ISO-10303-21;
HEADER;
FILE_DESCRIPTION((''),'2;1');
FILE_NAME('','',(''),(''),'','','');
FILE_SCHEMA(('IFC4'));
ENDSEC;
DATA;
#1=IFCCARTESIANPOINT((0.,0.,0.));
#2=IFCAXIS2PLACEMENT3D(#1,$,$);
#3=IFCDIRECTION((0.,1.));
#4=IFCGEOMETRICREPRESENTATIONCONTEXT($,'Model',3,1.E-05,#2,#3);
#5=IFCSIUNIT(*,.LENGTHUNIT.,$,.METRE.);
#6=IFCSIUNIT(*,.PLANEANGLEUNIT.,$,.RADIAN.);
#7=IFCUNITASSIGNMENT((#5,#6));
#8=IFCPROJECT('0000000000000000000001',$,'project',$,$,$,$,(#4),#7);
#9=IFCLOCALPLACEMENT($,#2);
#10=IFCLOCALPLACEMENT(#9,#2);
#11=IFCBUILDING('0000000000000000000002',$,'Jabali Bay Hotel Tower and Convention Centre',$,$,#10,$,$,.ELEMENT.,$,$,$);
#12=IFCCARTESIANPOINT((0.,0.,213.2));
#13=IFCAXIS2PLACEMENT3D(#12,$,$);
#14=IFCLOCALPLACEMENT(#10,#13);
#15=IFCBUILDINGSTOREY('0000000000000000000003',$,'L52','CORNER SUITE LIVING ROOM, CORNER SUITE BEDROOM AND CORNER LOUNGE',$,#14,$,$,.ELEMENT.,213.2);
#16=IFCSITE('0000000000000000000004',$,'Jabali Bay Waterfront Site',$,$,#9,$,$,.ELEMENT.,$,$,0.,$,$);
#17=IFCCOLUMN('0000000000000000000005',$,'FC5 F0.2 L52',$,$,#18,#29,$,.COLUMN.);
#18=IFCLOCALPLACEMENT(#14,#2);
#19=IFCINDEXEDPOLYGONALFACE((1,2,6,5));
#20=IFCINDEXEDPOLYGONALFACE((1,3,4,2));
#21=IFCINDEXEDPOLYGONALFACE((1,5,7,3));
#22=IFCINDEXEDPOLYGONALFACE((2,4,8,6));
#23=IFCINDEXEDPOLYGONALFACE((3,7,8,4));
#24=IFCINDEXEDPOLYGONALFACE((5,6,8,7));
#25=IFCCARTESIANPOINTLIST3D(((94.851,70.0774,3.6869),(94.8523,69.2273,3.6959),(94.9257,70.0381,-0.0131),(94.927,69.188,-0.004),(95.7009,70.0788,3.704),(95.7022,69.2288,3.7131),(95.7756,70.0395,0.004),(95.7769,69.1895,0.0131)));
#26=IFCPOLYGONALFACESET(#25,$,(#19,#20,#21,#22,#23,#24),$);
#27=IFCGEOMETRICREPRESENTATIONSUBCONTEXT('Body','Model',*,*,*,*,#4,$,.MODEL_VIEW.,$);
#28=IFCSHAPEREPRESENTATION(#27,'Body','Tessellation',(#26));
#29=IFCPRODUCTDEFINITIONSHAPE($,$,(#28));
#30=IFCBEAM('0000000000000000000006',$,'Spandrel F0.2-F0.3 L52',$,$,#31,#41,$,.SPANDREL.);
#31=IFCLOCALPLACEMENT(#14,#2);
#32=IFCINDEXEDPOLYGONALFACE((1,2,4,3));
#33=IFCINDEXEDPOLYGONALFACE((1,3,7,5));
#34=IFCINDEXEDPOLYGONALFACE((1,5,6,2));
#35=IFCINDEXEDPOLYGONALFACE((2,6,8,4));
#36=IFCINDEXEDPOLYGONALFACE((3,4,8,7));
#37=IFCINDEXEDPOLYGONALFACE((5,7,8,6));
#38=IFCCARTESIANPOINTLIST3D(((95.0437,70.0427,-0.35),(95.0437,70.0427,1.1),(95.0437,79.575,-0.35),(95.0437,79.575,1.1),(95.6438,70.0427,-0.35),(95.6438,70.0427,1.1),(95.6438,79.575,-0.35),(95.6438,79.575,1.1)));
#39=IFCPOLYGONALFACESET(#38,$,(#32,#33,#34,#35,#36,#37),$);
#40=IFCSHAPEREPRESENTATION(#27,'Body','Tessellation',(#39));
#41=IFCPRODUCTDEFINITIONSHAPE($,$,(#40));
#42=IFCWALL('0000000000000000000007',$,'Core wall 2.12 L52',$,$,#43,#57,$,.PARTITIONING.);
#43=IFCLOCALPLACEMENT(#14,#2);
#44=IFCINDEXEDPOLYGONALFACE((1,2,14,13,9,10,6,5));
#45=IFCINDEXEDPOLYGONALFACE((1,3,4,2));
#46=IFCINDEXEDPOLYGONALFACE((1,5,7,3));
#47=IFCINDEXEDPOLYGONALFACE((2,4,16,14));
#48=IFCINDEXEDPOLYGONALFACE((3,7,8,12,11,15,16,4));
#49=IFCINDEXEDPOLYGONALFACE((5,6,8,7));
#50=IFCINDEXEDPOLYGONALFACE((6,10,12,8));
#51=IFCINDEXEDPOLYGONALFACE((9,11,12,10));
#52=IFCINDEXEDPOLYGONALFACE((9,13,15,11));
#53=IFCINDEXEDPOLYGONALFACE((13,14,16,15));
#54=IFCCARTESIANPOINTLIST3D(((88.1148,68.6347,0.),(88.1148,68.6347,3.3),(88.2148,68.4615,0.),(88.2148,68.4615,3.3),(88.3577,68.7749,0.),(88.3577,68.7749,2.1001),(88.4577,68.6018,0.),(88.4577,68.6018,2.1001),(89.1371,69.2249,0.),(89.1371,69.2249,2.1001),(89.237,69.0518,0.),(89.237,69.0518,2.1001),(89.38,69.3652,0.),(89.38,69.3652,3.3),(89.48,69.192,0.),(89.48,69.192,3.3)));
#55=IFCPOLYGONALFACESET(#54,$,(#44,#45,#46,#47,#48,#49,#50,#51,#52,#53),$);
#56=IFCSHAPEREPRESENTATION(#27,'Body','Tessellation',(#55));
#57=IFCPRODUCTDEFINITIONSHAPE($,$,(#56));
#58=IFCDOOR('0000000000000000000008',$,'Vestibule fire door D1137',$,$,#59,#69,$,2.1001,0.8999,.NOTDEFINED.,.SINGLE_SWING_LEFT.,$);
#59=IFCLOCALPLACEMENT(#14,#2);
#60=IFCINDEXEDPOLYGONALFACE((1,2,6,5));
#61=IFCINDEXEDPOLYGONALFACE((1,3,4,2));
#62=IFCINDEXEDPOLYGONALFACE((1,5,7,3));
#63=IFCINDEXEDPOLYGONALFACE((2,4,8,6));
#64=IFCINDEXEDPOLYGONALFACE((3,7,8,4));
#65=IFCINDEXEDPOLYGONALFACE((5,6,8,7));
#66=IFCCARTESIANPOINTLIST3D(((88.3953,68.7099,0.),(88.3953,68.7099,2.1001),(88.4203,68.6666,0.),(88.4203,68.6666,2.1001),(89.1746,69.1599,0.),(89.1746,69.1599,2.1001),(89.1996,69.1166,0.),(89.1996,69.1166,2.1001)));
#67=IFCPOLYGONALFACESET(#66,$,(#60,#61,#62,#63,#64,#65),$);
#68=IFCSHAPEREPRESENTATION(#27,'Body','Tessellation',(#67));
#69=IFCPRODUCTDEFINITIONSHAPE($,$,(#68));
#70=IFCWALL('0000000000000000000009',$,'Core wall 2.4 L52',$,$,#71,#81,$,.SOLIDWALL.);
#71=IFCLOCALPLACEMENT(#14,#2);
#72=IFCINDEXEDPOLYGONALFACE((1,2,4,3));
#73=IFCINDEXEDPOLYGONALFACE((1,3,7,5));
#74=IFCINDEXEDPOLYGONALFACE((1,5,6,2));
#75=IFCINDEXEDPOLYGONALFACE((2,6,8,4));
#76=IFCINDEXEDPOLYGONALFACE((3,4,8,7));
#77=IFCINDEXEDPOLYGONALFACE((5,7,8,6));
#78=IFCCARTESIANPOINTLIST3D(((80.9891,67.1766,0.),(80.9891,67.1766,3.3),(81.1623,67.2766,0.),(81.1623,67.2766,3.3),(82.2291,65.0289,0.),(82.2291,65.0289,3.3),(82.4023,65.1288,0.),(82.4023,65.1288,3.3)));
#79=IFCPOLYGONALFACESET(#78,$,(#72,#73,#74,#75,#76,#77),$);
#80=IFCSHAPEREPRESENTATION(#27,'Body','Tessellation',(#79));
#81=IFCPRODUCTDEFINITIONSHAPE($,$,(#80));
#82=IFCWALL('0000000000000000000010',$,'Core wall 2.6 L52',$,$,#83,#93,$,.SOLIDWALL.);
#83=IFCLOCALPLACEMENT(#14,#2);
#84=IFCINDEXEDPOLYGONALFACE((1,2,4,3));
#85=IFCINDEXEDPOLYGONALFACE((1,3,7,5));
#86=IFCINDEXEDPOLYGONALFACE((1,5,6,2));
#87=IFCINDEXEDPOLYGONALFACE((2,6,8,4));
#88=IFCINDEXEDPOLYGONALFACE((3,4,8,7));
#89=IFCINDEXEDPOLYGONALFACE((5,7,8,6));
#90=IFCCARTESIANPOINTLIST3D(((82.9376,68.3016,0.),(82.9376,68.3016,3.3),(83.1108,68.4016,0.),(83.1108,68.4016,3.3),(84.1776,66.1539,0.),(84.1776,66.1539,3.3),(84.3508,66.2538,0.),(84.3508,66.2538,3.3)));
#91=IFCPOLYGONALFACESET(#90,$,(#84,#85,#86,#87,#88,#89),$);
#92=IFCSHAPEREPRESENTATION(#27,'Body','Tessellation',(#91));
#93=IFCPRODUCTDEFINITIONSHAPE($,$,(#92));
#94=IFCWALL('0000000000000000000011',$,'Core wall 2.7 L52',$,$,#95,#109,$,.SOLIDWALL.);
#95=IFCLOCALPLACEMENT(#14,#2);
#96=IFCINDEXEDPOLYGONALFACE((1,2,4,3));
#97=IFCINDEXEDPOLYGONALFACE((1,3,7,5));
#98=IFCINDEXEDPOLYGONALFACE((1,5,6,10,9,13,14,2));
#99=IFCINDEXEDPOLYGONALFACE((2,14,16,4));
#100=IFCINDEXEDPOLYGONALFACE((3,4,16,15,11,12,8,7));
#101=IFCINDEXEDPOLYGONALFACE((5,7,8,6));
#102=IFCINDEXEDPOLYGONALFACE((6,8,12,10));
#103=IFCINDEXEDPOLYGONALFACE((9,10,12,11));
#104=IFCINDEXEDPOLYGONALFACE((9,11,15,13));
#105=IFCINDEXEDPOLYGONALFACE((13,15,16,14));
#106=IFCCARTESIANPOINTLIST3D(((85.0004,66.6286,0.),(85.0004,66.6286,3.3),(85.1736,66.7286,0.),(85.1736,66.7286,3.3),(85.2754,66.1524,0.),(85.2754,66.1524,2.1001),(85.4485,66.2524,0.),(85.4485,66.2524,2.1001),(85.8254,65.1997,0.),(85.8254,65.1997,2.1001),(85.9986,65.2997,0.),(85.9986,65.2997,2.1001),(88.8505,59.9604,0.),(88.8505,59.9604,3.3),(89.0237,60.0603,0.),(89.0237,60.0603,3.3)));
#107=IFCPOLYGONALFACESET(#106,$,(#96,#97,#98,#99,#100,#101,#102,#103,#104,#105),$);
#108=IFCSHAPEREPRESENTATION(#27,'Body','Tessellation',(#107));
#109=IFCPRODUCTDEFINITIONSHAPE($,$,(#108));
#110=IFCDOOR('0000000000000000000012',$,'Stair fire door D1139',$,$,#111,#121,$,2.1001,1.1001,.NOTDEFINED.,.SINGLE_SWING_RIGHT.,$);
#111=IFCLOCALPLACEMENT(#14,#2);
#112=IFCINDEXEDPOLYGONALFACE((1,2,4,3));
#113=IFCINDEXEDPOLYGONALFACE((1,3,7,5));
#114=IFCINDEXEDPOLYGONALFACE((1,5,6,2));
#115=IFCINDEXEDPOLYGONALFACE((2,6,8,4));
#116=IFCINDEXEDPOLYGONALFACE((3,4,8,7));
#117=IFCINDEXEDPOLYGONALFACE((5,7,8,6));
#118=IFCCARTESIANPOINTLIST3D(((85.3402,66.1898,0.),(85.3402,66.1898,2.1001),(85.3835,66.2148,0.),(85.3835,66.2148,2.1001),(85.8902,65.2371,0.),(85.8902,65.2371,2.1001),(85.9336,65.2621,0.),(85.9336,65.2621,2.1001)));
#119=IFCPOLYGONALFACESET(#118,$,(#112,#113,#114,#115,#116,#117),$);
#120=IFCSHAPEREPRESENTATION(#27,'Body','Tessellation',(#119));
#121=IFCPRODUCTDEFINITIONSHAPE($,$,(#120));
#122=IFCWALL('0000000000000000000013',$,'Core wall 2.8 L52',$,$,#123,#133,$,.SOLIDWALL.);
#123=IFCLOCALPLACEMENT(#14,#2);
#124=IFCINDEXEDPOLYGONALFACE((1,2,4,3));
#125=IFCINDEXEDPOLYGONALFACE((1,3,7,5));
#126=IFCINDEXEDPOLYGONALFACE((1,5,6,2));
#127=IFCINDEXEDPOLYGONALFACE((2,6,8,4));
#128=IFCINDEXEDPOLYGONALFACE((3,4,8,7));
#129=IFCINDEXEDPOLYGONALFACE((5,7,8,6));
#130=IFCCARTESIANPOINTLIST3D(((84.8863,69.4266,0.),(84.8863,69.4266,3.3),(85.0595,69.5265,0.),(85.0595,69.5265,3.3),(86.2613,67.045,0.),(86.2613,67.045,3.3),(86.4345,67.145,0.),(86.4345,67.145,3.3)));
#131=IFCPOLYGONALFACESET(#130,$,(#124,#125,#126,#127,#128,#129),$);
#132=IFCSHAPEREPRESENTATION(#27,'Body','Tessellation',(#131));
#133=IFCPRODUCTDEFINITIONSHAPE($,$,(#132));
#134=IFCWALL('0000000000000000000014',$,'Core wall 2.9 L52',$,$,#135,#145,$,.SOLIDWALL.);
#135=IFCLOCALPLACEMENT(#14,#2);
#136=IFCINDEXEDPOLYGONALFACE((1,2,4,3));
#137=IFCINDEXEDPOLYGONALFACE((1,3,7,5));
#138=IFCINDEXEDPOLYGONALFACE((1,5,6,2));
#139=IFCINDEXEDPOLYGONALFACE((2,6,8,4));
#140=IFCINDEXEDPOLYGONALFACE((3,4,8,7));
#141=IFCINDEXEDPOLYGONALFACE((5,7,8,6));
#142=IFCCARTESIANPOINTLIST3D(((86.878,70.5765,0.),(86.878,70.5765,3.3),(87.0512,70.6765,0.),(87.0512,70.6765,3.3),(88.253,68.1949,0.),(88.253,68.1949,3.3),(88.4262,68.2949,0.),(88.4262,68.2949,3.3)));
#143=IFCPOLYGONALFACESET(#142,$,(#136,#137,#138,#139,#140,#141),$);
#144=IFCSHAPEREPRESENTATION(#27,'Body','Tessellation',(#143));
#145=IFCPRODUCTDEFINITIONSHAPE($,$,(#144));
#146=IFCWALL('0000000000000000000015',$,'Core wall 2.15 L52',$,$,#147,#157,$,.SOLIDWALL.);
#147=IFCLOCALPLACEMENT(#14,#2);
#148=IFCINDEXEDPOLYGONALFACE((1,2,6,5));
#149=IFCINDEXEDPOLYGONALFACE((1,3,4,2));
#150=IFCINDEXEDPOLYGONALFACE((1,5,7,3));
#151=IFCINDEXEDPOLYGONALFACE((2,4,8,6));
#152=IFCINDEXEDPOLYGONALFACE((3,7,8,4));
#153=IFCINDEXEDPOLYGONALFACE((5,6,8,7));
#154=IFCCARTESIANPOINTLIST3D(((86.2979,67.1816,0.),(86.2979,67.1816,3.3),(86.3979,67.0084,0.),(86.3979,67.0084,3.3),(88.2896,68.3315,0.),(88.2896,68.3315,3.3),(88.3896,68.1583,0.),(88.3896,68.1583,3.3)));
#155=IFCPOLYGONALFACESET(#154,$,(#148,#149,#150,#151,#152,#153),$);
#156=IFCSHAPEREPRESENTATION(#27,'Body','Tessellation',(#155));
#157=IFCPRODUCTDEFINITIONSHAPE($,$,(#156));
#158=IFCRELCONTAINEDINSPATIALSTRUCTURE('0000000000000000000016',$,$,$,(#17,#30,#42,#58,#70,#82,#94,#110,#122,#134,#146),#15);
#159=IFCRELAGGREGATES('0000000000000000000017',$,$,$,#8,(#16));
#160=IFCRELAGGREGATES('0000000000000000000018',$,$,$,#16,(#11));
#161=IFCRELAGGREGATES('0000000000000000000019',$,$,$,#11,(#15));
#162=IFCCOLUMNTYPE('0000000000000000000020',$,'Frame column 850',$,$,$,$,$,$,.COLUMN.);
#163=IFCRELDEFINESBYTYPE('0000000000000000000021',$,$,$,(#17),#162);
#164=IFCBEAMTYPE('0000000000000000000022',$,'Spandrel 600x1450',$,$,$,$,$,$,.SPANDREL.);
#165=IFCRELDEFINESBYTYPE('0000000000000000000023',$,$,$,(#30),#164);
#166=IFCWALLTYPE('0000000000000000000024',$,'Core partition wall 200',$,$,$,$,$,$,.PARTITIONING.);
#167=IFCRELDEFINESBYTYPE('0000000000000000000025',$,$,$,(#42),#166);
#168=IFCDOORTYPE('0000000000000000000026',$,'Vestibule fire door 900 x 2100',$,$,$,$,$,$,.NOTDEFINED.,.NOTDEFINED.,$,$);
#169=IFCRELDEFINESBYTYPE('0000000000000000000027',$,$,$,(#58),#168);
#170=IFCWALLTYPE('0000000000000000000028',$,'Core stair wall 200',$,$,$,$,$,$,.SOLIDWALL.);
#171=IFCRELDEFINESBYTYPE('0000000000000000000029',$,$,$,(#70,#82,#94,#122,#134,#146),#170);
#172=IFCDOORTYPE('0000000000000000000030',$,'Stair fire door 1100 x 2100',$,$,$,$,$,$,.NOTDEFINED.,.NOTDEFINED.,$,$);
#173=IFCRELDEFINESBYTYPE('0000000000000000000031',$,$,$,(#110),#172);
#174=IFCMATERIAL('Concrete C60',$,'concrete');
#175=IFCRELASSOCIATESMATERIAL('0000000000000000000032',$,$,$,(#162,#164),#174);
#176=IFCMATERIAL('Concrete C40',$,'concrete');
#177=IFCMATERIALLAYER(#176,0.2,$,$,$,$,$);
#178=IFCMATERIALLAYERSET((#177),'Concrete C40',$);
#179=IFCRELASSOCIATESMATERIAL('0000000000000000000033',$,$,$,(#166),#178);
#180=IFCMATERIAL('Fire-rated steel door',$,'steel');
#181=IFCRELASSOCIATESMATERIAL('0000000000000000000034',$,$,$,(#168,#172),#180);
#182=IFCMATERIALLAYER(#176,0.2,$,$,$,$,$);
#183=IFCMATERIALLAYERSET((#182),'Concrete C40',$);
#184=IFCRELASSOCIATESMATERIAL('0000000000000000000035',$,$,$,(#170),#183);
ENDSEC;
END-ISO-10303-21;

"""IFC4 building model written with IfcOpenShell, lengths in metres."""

from ifc_helpers import new_model, si_unit, direction, frame, frame_2d, origin, origin_2d, place, context, subcontext, project, spatial, rectangle, extrude, material, layer, layer_set, material_profile, profile_set, type_object, element, fill, save


model = new_model("IFC4")

# Units and contexts
model_context = context("Model", 3, precision=1e-05, world=origin(), true_north=direction((0.0, 1.0)))
body_context = subcontext(model_context, "Body", "Model", "MODEL_VIEW")
ifc_project = project(units=[si_unit("LENGTHUNIT", "METRE"), si_unit("PLANEANGLEUNIT", "RADIAN")], contexts=[model_context])

# Site, building, storey
site_placement = place(None, origin())
site = spatial("IfcSite", under=ifc_project, at=site_placement, Name="Jabali Bay Waterfront Site", CompositionType="ELEMENT", RefElevation=0.0)
building_placement = place(site_placement, origin())
building = spatial("IfcBuilding", under=site, at=building_placement, Name="Jabali Bay Hotel Tower and Convention Centre", CompositionType="ELEMENT")
storey_placement = place(building_placement, frame((0.0, 0.0, 213.2)))
storey = spatial("IfcBuildingStorey", under=building, at=storey_placement, Name="L52", Description="CORNER SUITE LIVING ROOM, CORNER SUITE BEDROOM AND CORNER LOUNGE", CompositionType="ELEMENT", Elevation=213.2)

# Column
ifc_material_1 = material(Name="Concrete C60", Category="concrete")
ifc_material_profile_1 = material_profile(ifc_material_1, rectangle(XDim=0.8501, YDim=0.8501, at=origin_2d()), Name="Frame column 850")
ifc_profile_set_1 = profile_set([ifc_material_profile_1], Name="Concrete C60")
column_type = type_object("IfcColumnType", Name="Frame column 850", PredefinedType="COLUMN", material=ifc_profile_set_1)
column_placement = place(storey_placement, frame((95.3513, 69.6138, 0.0), z_axis=(-0.020186, 0.010621, 0.99974), x_axis=(0.001527, -0.999942, 0.010654)))
element("IfcColumn", 1, at=column_placement, inside=storey, type_object=column_type, Name="FC5 F0.2 L52", PredefinedType="COLUMN", context=body_context, shape_type="SweptSolid", body=[
    extrude(rectangle(XDim=0.8501, YDim=0.8501, at=origin_2d()), origin(), (0.0, 0.0, 1.0), 3.7009),
])

# Beam
ifc_material_profile_2 = material_profile(ifc_material_1, rectangle(XDim=0.6001, YDim=1.45, at=origin_2d()), Name="Spandrel 600x1450")
ifc_profile_set_2 = profile_set([ifc_material_profile_2], Name="Concrete C60")
beam_type = type_object("IfcBeamType", Name="Spandrel 600x1450", PredefinedType="SPANDREL", material=ifc_profile_set_2)
beam_placement = place(storey_placement, frame((95.3438, 70.0427, 0.375), z_axis=(0.0, 1.0, 0.0), x_axis=(-1.0, 0.0, 0.0)))
element("IfcBeam", 2, at=beam_placement, inside=storey, type_object=beam_type, Name="Spandrel F0.2-F0.3 L52", PredefinedType="SPANDREL", context=body_context, shape_type="SweptSolid", body=[
    extrude(rectangle(XDim=0.6001, YDim=1.45, at=origin_2d()), origin(), (0.0, 0.0, 1.0), 9.5322),
])

# Wall, opening, door
ifc_material_2 = material(Name="Concrete C40", Category="concrete")
ifc_layer_1 = layer(ifc_material_2, 0.2)
ifc_layer_set_1 = layer_set([ifc_layer_1], Name="Concrete C40")
wall_type_1 = type_object("IfcWallType", Name="Core partition wall 200", PredefinedType="PARTITIONING", material=ifc_layer_set_1)
wall_1_placement = place(storey_placement, frame((88.1648, 68.5481, 0.0), z_axis=(0.0, 0.0, 1.0), x_axis=(0.866013, 0.500021, 0.0)))
wall_1 = element("IfcWall", 3, at=wall_1_placement, inside=storey, type_object=wall_type_1, Name="Core wall 2.12 L52", PredefinedType="PARTITIONING", context=body_context, shape_type="SweptSolid", body=[
    extrude(rectangle(XDim=1.4609, YDim=0.2, at=frame_2d((0.7305, 0.0))), origin(), (0.0, 0.0, 1.0), 3.3),
])
opening_1_placement = place(wall_1_placement, frame((0.2805, 0.0, 0.0)))
opening_1 = element("IfcOpeningElement", 4, at=opening_1_placement, cuts=wall_1, PredefinedType="OPENING", context=body_context, shape_type="SweptSolid", body=[
    extrude(rectangle(XDim=0.8999, YDim=2.1001, at=frame_2d((0.45, 1.05))), frame((0.0, 0.1104, 0.0), z_axis=(0.0, -1.0, 0.0), x_axis=(1.0, 0.0, 0.0)), (0.0, 0.0, 1.0), 0.2209),
])
ifc_material_3 = material(Name="Fire-rated steel door", Category="steel")
door_type_1 = type_object("IfcDoorType", Name="Vestibule fire door 900 x 2100", OperationType="NOTDEFINED", PredefinedType="NOTDEFINED", material=ifc_material_3)
door_1_placement = place(opening_1_placement, origin())
door_1 = element("IfcDoor", 5, at=door_1_placement, inside=storey, type_object=door_type_1, Name="Vestibule fire door D1137", OperationType="SINGLE_SWING_LEFT", OverallHeight=2.1001, OverallWidth=0.8999, PredefinedType="NOTDEFINED", context=body_context, shape_type="SweptSolid", body=[
    extrude(rectangle(XDim=0.8999, YDim=2.1001, at=frame_2d((0.45, 1.05))), frame((0.0, 0.0249, 0.0), z_axis=(0.0, -1.0, 0.0), x_axis=(1.0, 0.0, 0.0)), (0.0, 0.0, 1.0), 0.05),
])
fill(opening_1, door_1)

# Walls
ifc_layer_2 = layer(ifc_material_2, 0.2)
ifc_layer_set_2 = layer_set([ifc_layer_2], Name="Concrete C40")
wall_type_2 = type_object("IfcWallType", Name="Core stair wall 200", PredefinedType="SOLIDWALL", material=ifc_layer_set_2)
for number, where, z_axis, x_axis, name in (
    (6, (81.0757, 67.2266, 0.0), (0.0, 0.0, 1.0), (0.500004, -0.866023, 0.0), "Core wall 2.4 L52"),
    (7, (83.0242, 68.3516, 0.0), (0.0, 0.0, 1.0), (0.500004, -0.866023, 0.0), "Core wall 2.6 L52"),
):
    element("IfcWall", number, at=place(storey_placement, frame(where, z_axis=z_axis, x_axis=x_axis)), inside=storey, type_object=wall_type_2, Name=name, PredefinedType="SOLIDWALL", context=body_context, shape_type="SweptSolid", body=[
        extrude(rectangle(XDim=2.48, YDim=0.2, at=frame_2d((1.24, 0.0))), origin(), (0.0, 0.0, 1.0), 3.3),
    ])

# Wall, opening, door
wall_2_placement = place(storey_placement, frame((85.0869, 66.6787, 0.0), z_axis=(0.0, 0.0, 1.0), x_axis=(0.50002, -0.866014, 0.0)))
wall_2 = element("IfcWall", 8, at=wall_2_placement, inside=storey, type_object=wall_type_2, Name="Core wall 2.7 L52", PredefinedType="SOLIDWALL", context=body_context, shape_type="SweptSolid", body=[
    extrude(rectangle(XDim=7.7, YDim=0.2, at=frame_2d((3.8501, 0.0))), origin(), (0.0, 0.0, 1.0), 3.3),
])
opening_2_placement = place(wall_2_placement, frame((0.55, 0.0, 0.0)))
opening_2 = element("IfcOpeningElement", 9, at=opening_2_placement, cuts=wall_2, PredefinedType="OPENING", context=body_context, shape_type="SweptSolid", body=[
    extrude(rectangle(XDim=1.1001, YDim=2.1001, at=frame_2d((0.55, 1.05))), frame((0.0, 0.1104, 0.0), z_axis=(0.0, -1.0, 0.0), x_axis=(1.0, 0.0, 0.0)), (0.0, 0.0, 1.0), 0.2209),
])
door_type_2 = type_object("IfcDoorType", Name="Stair fire door 1100 x 2100", OperationType="NOTDEFINED", PredefinedType="NOTDEFINED", material=ifc_material_3)
door_2_placement = place(opening_2_placement, origin())
door_2 = element("IfcDoor", 10, at=door_2_placement, inside=storey, type_object=door_type_2, Name="Stair fire door D1139", OperationType="SINGLE_SWING_RIGHT", OverallHeight=2.1001, OverallWidth=1.1001, PredefinedType="NOTDEFINED", context=body_context, shape_type="SweptSolid", body=[
    extrude(rectangle(XDim=1.1001, YDim=2.1001, at=frame_2d((0.55, 1.05))), frame((0.0, 0.0249, 0.0), z_axis=(0.0, -1.0, 0.0), x_axis=(1.0, 0.0, 0.0)), (0.0, 0.0, 1.0), 0.05),
])
fill(opening_2, door_2)

# Walls
for number, where, z_axis, x_axis, name in (
    (11, (84.9729, 69.4766, 0.0), (0.0, 0.0, 1.0), (0.499997, -0.866027, 0.0), "Core wall 2.8 L52"),
    (12, (86.9646, 70.6265, 0.0), (0.0, 0.0, 1.0), (0.499997, -0.866027, 0.0), "Core wall 2.9 L52"),
):
    element("IfcWall", number, at=place(storey_placement, frame(where, z_axis=z_axis, x_axis=x_axis)), inside=storey, type_object=wall_type_2, Name=name, PredefinedType="SOLIDWALL", context=body_context, shape_type="SweptSolid", body=[
        extrude(rectangle(XDim=2.75, YDim=0.2, at=frame_2d((1.375, 0.0))), origin(), (0.0, 0.0, 1.0), 3.3),
    ])
wall_3_placement = place(storey_placement, frame((86.3479, 67.095, 0.0), z_axis=(0.0, 0.0, 1.0), x_axis=(0.866026, 0.499998, 0.0)))
element("IfcWall", 13, at=wall_3_placement, inside=storey, type_object=wall_type_2, Name="Core wall 2.15 L52", PredefinedType="SOLIDWALL", context=body_context, shape_type="SweptSolid", body=[
    extrude(rectangle(XDim=2.2998, YDim=0.2, at=frame_2d((1.1499, 0.0))), origin(), (0.0, 0.0, 1.0), 3.3),
])

save(model, "model.ifc")
